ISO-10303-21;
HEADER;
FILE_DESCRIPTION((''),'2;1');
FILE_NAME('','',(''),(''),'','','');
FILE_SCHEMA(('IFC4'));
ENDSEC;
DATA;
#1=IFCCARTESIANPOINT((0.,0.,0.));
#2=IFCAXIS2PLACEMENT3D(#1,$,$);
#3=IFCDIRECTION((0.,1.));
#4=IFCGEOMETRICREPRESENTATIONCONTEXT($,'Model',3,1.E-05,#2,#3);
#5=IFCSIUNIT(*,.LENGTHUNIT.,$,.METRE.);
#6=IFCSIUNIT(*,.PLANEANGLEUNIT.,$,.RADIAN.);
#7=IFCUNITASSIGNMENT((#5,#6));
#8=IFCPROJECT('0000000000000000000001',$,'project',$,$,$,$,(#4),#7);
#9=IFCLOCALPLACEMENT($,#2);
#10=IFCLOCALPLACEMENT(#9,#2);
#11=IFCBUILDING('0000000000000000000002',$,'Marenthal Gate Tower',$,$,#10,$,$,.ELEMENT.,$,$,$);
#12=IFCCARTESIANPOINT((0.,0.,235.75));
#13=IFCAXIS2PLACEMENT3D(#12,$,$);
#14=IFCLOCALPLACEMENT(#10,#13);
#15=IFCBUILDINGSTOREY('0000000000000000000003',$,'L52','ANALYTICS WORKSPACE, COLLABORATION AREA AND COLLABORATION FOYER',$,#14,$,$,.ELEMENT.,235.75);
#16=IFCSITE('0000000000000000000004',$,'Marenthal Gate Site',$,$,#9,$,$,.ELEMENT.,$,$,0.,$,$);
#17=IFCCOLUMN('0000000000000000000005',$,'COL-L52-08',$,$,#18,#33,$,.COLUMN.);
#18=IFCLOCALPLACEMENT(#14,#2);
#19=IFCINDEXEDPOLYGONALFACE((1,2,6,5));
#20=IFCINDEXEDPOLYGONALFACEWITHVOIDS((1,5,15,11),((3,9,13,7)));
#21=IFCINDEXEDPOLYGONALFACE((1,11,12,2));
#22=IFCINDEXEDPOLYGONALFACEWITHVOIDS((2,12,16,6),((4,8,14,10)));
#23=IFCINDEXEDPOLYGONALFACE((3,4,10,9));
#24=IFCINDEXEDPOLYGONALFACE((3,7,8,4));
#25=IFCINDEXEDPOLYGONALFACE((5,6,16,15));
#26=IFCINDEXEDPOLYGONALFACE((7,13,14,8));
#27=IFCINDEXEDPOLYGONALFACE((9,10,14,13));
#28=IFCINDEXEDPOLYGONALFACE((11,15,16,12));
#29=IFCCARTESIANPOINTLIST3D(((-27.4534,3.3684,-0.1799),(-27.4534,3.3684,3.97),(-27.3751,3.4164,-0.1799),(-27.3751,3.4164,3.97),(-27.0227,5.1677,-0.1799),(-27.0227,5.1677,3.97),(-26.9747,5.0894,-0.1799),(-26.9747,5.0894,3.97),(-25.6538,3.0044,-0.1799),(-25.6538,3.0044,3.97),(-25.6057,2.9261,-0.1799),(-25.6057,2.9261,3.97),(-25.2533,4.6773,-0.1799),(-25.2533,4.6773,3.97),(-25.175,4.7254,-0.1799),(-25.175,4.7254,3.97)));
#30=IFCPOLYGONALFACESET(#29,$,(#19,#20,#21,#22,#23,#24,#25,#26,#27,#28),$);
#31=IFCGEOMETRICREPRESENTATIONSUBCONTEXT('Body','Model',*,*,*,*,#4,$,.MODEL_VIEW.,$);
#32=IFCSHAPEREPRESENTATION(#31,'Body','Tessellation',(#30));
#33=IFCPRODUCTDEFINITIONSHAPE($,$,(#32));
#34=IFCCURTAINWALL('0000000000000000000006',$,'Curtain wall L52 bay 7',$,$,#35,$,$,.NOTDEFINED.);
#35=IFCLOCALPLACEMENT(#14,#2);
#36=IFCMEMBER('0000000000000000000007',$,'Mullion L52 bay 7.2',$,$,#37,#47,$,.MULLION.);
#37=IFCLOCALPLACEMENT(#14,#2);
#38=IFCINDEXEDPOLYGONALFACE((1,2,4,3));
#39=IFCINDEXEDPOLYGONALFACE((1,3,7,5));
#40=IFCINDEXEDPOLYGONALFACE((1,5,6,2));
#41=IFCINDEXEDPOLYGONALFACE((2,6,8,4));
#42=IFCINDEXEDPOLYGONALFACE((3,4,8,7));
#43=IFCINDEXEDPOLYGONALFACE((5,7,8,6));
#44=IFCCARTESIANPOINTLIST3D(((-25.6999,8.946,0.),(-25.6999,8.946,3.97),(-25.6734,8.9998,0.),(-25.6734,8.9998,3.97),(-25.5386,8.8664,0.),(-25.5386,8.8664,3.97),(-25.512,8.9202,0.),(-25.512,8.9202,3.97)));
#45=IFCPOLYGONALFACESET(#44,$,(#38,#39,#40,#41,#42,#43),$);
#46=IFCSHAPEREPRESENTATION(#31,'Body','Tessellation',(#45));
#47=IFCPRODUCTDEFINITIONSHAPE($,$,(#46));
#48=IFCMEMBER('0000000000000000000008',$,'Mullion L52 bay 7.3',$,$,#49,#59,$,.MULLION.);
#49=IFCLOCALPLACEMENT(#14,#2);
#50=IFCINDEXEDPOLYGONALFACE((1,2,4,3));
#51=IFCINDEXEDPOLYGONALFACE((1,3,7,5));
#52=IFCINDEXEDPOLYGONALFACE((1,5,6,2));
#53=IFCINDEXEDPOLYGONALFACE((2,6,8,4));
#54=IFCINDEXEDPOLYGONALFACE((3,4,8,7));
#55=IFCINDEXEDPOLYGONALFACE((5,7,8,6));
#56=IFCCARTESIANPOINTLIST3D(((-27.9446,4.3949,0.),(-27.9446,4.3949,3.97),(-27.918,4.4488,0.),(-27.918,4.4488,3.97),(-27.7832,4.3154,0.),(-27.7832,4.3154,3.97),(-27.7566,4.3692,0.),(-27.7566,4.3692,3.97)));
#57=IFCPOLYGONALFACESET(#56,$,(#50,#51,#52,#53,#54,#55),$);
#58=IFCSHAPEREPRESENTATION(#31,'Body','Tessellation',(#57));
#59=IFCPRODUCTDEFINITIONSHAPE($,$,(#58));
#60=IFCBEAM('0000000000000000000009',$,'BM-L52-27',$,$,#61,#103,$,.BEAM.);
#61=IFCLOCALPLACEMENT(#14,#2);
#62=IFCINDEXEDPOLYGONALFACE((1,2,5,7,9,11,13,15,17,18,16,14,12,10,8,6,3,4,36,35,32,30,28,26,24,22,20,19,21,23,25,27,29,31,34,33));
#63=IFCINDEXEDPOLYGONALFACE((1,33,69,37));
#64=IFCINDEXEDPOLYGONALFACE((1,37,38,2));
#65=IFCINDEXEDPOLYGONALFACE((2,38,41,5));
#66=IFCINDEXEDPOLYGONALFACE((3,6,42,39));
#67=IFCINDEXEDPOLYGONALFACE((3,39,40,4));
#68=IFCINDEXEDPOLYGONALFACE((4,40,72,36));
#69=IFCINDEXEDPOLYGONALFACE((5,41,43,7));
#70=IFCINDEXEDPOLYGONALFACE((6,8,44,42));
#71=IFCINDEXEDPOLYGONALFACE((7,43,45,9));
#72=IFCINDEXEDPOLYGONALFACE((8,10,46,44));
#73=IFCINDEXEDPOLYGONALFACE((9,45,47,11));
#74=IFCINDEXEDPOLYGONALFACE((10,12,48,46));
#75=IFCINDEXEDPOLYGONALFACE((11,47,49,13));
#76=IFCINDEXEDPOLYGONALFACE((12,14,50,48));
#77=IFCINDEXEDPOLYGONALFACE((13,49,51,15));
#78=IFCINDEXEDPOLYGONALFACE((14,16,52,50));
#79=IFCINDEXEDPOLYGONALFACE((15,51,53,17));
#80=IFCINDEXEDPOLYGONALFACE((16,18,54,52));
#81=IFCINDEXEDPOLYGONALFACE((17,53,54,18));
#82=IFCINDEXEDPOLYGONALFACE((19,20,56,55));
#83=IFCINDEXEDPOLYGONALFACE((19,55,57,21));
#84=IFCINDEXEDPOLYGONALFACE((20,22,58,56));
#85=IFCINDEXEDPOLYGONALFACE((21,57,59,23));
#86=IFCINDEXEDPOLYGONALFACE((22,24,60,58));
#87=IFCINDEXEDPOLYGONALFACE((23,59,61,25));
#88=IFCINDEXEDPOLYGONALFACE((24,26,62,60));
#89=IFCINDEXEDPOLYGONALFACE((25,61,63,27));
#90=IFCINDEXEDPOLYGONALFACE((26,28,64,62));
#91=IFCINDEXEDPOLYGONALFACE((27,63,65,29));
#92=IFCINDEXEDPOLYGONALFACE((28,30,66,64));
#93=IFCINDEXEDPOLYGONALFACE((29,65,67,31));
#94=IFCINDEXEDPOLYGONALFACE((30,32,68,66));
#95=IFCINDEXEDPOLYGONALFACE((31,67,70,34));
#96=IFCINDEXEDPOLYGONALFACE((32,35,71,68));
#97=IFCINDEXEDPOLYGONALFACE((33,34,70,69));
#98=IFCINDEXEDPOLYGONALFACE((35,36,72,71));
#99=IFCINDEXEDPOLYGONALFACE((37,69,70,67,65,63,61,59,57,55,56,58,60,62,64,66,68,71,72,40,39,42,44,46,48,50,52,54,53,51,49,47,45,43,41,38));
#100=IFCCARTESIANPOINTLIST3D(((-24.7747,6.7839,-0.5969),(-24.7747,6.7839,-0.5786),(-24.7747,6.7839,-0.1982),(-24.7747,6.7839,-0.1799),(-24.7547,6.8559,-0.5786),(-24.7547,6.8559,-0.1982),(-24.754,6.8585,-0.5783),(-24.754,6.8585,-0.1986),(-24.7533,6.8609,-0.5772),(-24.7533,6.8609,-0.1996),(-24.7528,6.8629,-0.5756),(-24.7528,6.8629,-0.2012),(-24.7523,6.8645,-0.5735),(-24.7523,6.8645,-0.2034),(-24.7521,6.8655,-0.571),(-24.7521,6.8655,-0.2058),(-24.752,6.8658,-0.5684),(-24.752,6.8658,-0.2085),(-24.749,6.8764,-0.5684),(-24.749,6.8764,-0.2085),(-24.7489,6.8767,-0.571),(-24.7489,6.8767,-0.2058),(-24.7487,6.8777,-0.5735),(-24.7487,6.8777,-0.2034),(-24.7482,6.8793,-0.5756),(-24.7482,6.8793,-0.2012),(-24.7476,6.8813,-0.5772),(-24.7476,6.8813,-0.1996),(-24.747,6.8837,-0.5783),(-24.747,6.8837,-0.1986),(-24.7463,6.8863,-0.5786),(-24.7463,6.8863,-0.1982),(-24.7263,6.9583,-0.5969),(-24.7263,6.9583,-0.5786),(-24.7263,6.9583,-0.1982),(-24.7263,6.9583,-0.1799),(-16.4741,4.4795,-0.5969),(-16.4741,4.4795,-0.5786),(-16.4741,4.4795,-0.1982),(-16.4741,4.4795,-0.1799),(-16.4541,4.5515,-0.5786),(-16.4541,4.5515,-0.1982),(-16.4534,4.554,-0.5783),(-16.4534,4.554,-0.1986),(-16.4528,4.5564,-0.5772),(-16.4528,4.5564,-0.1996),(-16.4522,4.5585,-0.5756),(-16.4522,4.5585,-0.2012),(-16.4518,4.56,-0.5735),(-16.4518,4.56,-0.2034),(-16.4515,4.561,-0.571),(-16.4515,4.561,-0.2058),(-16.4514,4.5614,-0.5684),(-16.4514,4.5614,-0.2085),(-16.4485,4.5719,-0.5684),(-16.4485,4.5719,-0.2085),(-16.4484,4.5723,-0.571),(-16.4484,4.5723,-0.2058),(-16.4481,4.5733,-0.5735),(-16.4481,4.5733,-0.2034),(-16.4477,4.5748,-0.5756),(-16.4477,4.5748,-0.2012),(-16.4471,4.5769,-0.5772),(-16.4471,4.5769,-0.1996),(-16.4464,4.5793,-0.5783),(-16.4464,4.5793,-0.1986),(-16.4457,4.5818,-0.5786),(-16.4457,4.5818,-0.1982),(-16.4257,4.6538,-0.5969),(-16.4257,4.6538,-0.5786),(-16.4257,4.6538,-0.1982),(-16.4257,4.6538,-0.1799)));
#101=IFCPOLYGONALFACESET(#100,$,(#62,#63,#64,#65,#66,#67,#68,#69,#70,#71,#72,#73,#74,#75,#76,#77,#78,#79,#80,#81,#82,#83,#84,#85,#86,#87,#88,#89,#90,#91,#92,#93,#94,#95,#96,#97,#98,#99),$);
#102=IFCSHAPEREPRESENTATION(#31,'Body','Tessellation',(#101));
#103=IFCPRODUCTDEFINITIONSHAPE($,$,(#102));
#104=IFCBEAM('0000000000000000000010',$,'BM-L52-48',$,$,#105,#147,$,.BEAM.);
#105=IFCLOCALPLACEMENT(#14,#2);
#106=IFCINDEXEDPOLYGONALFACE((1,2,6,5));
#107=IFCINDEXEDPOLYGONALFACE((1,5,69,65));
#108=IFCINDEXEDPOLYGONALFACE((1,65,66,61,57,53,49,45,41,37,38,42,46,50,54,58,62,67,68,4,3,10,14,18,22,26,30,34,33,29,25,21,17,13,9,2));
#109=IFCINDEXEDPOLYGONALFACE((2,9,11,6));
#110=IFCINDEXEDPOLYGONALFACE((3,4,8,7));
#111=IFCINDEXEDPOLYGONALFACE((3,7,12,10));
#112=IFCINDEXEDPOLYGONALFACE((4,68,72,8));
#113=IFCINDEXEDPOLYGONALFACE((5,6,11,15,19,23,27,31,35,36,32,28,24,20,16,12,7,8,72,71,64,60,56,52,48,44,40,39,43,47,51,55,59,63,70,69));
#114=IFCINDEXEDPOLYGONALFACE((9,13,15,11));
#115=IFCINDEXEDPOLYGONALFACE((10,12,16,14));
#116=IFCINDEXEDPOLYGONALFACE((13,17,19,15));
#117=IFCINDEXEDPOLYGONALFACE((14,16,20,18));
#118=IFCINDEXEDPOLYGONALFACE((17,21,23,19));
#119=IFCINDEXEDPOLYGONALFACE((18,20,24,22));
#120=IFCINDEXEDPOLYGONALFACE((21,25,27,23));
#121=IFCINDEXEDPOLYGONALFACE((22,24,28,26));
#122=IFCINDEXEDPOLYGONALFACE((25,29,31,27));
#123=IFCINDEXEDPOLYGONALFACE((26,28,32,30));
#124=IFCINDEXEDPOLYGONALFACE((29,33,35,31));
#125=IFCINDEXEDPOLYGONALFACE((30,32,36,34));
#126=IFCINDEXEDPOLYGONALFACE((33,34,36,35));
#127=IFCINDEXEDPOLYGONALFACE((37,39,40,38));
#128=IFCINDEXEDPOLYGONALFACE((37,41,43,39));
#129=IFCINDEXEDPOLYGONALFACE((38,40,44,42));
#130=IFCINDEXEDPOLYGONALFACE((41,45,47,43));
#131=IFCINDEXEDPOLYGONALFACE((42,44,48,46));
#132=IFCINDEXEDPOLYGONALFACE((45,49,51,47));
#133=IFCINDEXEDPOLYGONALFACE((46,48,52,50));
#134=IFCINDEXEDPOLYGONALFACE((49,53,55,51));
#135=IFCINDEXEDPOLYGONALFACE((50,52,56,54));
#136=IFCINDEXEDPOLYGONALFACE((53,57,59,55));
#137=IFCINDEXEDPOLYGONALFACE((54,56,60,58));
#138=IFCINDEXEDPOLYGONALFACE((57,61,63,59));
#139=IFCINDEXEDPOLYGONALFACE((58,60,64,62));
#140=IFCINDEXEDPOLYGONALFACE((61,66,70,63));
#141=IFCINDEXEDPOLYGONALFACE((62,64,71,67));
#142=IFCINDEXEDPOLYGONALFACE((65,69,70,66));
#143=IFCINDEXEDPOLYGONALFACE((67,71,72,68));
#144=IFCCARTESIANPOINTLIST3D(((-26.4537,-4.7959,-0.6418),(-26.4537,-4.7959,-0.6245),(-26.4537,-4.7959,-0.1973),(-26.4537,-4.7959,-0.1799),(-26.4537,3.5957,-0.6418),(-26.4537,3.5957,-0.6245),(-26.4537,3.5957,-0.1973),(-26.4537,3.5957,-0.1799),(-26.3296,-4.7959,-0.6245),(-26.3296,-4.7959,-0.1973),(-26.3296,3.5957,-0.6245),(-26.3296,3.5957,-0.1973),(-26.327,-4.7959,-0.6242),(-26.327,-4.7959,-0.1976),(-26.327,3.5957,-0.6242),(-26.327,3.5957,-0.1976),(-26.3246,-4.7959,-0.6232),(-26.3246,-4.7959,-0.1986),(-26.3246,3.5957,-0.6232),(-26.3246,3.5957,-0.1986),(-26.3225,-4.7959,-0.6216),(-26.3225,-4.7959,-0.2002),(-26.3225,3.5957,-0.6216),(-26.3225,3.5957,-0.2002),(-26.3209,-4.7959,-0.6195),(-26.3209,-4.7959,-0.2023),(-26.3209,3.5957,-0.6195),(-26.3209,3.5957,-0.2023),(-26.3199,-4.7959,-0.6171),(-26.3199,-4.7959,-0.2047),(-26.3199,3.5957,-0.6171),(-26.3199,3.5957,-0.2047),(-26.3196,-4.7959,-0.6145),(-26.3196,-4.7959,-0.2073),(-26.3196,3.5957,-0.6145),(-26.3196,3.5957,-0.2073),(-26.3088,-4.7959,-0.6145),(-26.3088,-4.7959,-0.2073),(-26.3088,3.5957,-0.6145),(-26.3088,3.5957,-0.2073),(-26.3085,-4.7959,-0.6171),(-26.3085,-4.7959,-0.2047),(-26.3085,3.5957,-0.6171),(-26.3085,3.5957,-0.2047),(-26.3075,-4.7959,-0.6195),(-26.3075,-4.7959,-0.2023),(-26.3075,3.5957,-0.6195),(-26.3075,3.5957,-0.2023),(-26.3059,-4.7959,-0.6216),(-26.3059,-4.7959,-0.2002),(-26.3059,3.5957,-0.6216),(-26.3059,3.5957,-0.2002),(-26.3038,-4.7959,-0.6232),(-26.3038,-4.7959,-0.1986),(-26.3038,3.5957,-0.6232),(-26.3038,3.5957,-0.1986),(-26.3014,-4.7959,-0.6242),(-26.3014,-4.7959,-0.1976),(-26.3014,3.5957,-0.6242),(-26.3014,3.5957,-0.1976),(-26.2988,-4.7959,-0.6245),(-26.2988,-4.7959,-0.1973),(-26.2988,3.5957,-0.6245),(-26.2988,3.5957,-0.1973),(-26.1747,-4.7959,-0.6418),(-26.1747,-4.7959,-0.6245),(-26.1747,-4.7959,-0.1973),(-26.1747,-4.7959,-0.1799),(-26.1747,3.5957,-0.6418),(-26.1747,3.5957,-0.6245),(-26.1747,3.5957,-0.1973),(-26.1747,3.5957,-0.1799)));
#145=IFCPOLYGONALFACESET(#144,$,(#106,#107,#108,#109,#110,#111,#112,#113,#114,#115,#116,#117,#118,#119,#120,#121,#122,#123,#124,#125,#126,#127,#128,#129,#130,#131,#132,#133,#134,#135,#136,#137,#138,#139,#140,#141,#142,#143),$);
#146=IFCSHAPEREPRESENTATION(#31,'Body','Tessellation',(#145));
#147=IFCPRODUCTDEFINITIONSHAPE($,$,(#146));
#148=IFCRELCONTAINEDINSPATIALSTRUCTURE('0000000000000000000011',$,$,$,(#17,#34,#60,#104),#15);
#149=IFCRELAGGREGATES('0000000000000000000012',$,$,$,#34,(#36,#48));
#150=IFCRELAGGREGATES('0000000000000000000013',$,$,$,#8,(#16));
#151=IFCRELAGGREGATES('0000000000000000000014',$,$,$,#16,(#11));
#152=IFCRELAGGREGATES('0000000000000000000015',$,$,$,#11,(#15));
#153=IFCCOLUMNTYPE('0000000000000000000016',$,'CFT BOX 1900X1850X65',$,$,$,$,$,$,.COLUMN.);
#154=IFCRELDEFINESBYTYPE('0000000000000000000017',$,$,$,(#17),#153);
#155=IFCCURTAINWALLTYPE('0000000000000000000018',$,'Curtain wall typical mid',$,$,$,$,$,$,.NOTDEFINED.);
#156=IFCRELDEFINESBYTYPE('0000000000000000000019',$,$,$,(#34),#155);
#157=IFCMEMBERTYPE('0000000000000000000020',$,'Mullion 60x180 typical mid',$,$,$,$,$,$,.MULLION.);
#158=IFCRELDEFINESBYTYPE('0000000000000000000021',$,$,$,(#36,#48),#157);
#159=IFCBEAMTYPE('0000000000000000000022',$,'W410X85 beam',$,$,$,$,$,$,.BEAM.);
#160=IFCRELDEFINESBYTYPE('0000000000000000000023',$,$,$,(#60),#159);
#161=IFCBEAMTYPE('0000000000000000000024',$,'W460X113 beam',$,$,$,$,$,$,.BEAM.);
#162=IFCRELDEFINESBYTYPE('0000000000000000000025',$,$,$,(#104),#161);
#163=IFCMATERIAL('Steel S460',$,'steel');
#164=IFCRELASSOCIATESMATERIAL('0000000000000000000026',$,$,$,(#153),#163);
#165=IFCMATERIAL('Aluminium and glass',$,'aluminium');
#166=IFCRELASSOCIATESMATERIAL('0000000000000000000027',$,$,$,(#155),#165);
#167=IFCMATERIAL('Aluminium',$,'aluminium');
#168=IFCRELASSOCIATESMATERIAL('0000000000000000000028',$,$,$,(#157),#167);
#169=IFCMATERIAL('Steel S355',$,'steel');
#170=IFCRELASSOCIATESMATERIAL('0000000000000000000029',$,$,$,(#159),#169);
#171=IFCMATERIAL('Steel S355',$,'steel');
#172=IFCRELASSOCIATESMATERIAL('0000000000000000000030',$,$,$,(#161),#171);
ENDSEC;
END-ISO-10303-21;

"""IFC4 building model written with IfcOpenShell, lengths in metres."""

from ifc_helpers import new_model, si_unit, direction, frame, origin, origin_2d, place, context, subcontext, project, spatial, rectangle, hollow_rectangle, i_section, extrude, material, material_profile, profile_set, type_object, element, aggregate, save


model = new_model("IFC4")

# Units and contexts
model_context = context("Model", 3, precision=1e-05, world=origin(), true_north=direction((0.0, 1.0)))
body_context = subcontext(model_context, "Body", "Model", "MODEL_VIEW")
ifc_project = project(units=[si_unit("LENGTHUNIT", "METRE"), si_unit("PLANEANGLEUNIT", "RADIAN")], contexts=[model_context])

# Site, building, storey
site_placement = place(None, origin())
site = spatial("IfcSite", under=ifc_project, at=site_placement, Name="Marenthal Gate Site", CompositionType="ELEMENT", RefElevation=0.0)
building_placement = place(site_placement, origin())
building = spatial("IfcBuilding", under=site, at=building_placement, Name="Marenthal Gate Tower", CompositionType="ELEMENT")
storey_placement = place(building_placement, frame((0.0, 0.0, 235.75)))
storey = spatial("IfcBuildingStorey", under=building, at=storey_placement, Name="L52", Description="ANALYTICS WORKSPACE, COLLABORATION AREA AND COLLABORATION FOYER", CompositionType="ELEMENT", Elevation=235.75)

# Column
ifc_material_1 = material(Name="Steel S460", Category="steel")
ifc_material_profile_1 = material_profile(ifc_material_1, hollow_rectangle(XDim=1.8501, YDim=1.8999, WallThickness=0.0649, at=origin_2d()), Name="CFT BOX 1900X1850X65")
ifc_material_2 = material(Name="Concrete 70 MPa", Category="concrete")
ifc_material_profile_2 = material_profile(ifc_material_2, rectangle(XDim=1.72, YDim=1.77, at=origin_2d()), Name="CFT BOX 1900X1850X65 INFILL")
ifc_profile_set_1 = profile_set([ifc_material_profile_1, ifc_material_profile_2], Name="Steel S460 shell, Concrete 70 MPa infill")
column_type = type_object("IfcColumnType", Name="CFT BOX 1900X1850X65", PredefinedType="COLUMN", material=ifc_profile_set_1)
column_placement = place(storey_placement, frame((-26.3142, 4.0469, -0.1799), z_axis=(0.0, 0.0, 1.0), x_axis=(0.232804, 0.972524, 0.0)))
element("IfcColumn", 1, at=column_placement, inside=storey, type_object=column_type, Name="COL-L52-08", PredefinedType="COLUMN", context=body_context, shape_type="SweptSolid", body=[
    extrude(hollow_rectangle(XDim=1.8501, YDim=1.8999, WallThickness=0.0649, at=origin_2d()), origin(), (0.0, 0.0, 1.0), 4.1499),
])

# Curtain wall, members
ifc_material_3 = material(Name="Aluminium and glass", Category="aluminium")
curtain_wall_type = type_object("IfcCurtainWallType", Name="Curtain wall typical mid", PredefinedType="NOTDEFINED", material=ifc_material_3)
curtain_wall_placement = place(storey_placement, origin())
curtain_wall = element("IfcCurtainWall", 2, at=curtain_wall_placement, inside=storey, type_object=curtain_wall_type, Name="Curtain wall L52 bay 7", PredefinedType="NOTDEFINED")
ifc_material_4 = material(Name="Aluminium", Category="aluminium")
ifc_material_profile_3 = material_profile(ifc_material_4, rectangle(XDim=0.1799, YDim=0.0601, at=origin_2d()), Name="60x180 aluminium mullion")
ifc_profile_set_2 = profile_set([ifc_material_profile_3], Name="Aluminium")
member_type = type_object("IfcMemberType", Name="Mullion 60x180 typical mid", PredefinedType="MULLION", material=ifc_profile_set_2)
member_1_placement = place(storey_placement, frame((-25.606, 8.9331, 0.0), z_axis=(0.0, 0.0, 1.0), x_axis=(0.896835, -0.442364, 0.0)))
member_1 = element("IfcMember", 3, at=member_1_placement, type_object=member_type, Name="Mullion L52 bay 7.2", PredefinedType="MULLION", context=body_context, shape_type="SweptSolid", body=[
    extrude(rectangle(XDim=0.1799, YDim=0.0601, at=origin_2d()), origin(), (0.0, 0.0, 1.0), 3.97),
])
member_2_placement = place(storey_placement, frame((-27.8506, 4.3821, 0.0), z_axis=(0.0, 0.0, 1.0), x_axis=(0.896835, -0.442364, 0.0)))
member_2 = element("IfcMember", 4, at=member_2_placement, type_object=member_type, Name="Mullion L52 bay 7.3", PredefinedType="MULLION", context=body_context, shape_type="SweptSolid", body=[
    extrude(rectangle(XDim=0.1799, YDim=0.0601, at=origin_2d()), origin(), (0.0, 0.0, 1.0), 3.97),
])

# Beams
ifc_material_5 = material(Name="Steel S355", Category="steel")
ifc_material_profile_4 = material_profile(ifc_material_5, i_section(OverallWidth=0.1809, OverallDepth=0.417, WebThickness=0.011, FlangeThickness=0.0183, FilletRadius=0.0103, at=origin_2d()), Name="W410X85")
ifc_profile_set_3 = profile_set([ifc_material_profile_4], Name="Steel S355")
beam_type_1 = type_object("IfcBeamType", Name="W410X85 beam", PredefinedType="BEAM", material=ifc_profile_set_3)
beam_1_placement = place(storey_placement, frame((-24.7505, 6.8711, -0.3884), z_axis=(0.963556, -0.267508, 0.0), x_axis=(0.267508, 0.963556, 0.0)))
element("IfcBeam", 5, at=beam_1_placement, inside=storey, type_object=beam_type_1, Name="BM-L52-27", PredefinedType="BEAM", context=body_context, shape_type="SweptSolid", body=[
    extrude(i_section(OverallWidth=0.1809, OverallDepth=0.417, WebThickness=0.011, FlangeThickness=0.0183, FilletRadius=0.0103, at=origin_2d()), origin(), (0.0, 0.0, 1.0), 8.6145),
])
ifc_material_6 = material(Name="Steel S355", Category="steel")
ifc_material_profile_5 = material_profile(ifc_material_6, i_section(OverallWidth=0.2791, OverallDepth=0.4619, WebThickness=0.0107, FlangeThickness=0.0173, FilletRadius=0.01, at=origin_2d()), Name="W460X113")
ifc_profile_set_4 = profile_set([ifc_material_profile_5], Name="Steel S355")
beam_type_2 = type_object("IfcBeamType", Name="W460X113 beam", PredefinedType="BEAM", material=ifc_profile_set_4)
beam_2_placement = place(storey_placement, frame((-26.3142, 3.5957, -0.4109), z_axis=(0.0, -1.0, 0.0), x_axis=(1.0, 0.0, 0.0)))
element("IfcBeam", 6, at=beam_2_placement, inside=storey, type_object=beam_type_2, Name="BM-L52-48", PredefinedType="BEAM", context=body_context, shape_type="SweptSolid", body=[
    extrude(i_section(OverallWidth=0.2791, OverallDepth=0.4619, WebThickness=0.0107, FlangeThickness=0.0173, FilletRadius=0.01, at=origin_2d()), origin(), (0.0, 0.0, 1.0), 8.3916),
])

aggregate(curtain_wall, [member_1, member_2])

save(model, "model.ifc")
